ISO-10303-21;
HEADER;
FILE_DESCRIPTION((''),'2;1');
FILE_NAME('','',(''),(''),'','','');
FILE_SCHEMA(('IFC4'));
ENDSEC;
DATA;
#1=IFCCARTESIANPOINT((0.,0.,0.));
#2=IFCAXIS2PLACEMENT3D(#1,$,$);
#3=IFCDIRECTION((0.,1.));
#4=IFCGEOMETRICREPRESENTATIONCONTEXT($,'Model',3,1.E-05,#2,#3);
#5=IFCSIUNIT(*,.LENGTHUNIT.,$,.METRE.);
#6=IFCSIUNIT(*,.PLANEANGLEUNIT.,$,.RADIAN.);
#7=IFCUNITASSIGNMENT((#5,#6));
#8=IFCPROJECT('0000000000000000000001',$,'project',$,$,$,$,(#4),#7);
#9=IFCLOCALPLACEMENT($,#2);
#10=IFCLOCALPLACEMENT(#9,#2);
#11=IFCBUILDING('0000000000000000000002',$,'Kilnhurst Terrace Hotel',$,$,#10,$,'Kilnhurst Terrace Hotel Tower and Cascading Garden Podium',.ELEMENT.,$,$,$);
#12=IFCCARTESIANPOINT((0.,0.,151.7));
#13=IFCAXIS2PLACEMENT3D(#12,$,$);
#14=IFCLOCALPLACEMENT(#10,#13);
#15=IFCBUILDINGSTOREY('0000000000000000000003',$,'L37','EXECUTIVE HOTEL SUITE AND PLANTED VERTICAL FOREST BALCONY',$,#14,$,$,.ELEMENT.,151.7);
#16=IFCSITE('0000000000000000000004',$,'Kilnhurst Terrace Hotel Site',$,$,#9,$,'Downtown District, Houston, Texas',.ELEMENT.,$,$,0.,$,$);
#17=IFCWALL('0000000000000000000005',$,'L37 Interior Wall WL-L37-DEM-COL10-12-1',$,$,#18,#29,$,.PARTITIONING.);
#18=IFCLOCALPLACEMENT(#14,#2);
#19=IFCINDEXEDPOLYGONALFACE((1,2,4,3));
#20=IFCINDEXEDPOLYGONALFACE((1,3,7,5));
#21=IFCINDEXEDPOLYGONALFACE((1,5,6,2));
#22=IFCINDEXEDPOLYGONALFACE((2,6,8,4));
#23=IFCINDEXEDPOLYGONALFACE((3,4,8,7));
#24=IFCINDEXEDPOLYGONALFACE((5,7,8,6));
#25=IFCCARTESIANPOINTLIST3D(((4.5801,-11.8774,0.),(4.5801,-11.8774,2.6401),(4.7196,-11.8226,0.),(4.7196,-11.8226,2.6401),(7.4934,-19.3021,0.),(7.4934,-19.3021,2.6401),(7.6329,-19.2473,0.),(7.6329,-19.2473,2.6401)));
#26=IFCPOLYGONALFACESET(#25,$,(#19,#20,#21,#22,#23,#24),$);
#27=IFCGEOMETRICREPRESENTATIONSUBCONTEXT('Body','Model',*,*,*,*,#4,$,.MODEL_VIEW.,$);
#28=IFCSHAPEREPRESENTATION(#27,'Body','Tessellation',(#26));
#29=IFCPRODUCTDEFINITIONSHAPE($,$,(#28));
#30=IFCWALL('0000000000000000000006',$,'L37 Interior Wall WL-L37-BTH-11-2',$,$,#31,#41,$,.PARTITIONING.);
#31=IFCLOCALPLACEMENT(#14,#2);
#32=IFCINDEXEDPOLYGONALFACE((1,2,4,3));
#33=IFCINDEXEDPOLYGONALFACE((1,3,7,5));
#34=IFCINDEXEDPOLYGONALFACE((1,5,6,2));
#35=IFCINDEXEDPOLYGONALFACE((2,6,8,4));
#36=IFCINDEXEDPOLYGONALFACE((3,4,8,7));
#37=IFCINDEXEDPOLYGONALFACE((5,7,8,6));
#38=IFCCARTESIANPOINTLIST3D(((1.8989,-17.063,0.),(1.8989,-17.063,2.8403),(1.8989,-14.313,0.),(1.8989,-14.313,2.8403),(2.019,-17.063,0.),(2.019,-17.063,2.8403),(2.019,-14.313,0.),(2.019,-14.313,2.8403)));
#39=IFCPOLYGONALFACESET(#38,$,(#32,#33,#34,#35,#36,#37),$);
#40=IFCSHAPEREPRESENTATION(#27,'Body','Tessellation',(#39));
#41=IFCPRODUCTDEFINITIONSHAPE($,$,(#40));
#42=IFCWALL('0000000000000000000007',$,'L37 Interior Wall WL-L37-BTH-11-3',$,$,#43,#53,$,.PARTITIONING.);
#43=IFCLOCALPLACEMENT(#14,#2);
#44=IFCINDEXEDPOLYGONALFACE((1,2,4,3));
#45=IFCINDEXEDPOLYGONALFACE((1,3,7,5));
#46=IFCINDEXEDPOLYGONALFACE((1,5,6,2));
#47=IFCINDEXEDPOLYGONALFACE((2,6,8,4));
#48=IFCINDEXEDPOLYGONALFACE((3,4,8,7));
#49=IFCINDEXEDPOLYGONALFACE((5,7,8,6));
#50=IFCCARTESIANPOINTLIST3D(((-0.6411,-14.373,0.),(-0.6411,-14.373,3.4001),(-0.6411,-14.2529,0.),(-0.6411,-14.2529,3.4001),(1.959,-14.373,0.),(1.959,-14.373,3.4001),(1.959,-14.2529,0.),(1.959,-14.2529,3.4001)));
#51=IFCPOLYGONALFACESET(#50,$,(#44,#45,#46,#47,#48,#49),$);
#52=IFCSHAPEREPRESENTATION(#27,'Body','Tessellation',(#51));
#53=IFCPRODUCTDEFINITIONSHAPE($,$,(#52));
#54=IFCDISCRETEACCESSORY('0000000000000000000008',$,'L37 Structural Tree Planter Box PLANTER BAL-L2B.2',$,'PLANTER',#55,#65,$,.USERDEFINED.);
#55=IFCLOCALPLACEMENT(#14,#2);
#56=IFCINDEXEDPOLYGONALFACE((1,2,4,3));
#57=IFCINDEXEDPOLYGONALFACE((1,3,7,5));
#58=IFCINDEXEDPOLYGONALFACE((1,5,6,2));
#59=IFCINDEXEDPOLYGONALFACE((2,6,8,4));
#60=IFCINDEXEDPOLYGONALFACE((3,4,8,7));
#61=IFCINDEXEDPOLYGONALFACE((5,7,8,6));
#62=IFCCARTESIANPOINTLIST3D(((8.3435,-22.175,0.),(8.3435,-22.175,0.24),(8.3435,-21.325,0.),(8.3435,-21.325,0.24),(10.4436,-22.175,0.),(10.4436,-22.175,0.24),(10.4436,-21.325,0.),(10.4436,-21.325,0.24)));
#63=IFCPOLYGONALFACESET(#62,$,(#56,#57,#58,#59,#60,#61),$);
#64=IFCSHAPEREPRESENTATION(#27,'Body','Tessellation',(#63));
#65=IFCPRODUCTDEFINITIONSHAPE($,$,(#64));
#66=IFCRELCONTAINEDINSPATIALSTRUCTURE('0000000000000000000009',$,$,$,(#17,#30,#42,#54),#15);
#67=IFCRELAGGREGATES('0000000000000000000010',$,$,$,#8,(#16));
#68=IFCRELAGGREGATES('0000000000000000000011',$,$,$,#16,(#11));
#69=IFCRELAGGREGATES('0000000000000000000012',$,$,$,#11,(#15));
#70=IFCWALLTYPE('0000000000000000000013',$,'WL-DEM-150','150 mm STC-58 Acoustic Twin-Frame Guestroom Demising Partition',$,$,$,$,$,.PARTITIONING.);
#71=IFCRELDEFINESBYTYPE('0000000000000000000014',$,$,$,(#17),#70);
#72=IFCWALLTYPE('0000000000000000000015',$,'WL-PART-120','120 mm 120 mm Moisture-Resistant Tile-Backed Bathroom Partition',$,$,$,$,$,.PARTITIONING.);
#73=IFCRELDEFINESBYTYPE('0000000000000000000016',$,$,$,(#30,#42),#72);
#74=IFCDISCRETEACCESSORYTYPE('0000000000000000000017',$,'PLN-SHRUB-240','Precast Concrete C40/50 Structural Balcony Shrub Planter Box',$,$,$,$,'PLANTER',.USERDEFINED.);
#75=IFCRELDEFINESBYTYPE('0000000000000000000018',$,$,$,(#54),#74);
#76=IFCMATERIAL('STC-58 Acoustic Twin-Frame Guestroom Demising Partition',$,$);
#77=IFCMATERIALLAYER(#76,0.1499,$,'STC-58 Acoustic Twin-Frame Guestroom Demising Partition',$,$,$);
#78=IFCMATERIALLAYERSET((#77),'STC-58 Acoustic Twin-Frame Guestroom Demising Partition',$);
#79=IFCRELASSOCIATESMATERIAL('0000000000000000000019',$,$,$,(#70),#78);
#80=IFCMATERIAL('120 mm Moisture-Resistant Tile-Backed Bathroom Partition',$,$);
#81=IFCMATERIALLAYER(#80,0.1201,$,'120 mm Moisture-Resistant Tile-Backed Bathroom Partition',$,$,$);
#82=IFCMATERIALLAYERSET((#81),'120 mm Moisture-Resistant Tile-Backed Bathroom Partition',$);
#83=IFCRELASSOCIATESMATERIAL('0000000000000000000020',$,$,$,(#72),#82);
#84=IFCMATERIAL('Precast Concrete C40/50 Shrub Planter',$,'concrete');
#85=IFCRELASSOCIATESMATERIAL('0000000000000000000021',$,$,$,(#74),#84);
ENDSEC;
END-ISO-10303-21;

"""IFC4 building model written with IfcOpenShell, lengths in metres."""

from ifc_helpers import new_model, si_unit, direction, frame, frame_2d, origin, origin_2d, place, context, subcontext, project, spatial, rectangle, extrude, material, layer, layer_set, type_object, element, save


model = new_model("IFC4")

# Units and contexts
model_context = context("Model", 3, precision=1e-05, world=origin(), true_north=direction((0.0, 1.0)))
body_context = subcontext(model_context, "Body", "Model", "MODEL_VIEW")
ifc_project = project(units=[si_unit("LENGTHUNIT", "METRE"), si_unit("PLANEANGLEUNIT", "RADIAN")], contexts=[model_context])

# Site, building, storey
site_placement = place(None, origin())
site = spatial("IfcSite", under=ifc_project, at=site_placement, Name="Kilnhurst Terrace Hotel Site", LongName="Downtown District, Houston, Texas", CompositionType="ELEMENT", RefElevation=0.0)
building_placement = place(site_placement, origin())
building = spatial("IfcBuilding", under=site, at=building_placement, Name="Kilnhurst Terrace Hotel", LongName="Kilnhurst Terrace Hotel Tower and Cascading Garden Podium", CompositionType="ELEMENT")
storey_placement = place(building_placement, frame((0.0, 0.0, 151.7)))
storey = spatial("IfcBuildingStorey", under=building, at=storey_placement, Name="L37", Description="EXECUTIVE HOTEL SUITE AND PLANTED VERTICAL FOREST BALCONY", CompositionType="ELEMENT", Elevation=151.7)

# Walls
ifc_material_1 = material(Name="STC-58 Acoustic Twin-Frame Guestroom Demising Partition")
ifc_layer_1 = layer(ifc_material_1, 0.1499, Name="STC-58 Acoustic Twin-Frame Guestroom Demising Partition")
ifc_layer_set_1 = layer_set([ifc_layer_1], Name="STC-58 Acoustic Twin-Frame Guestroom Demising Partition")
wall_type_1 = type_object("IfcWallType", Name="WL-DEM-150", Description="150 mm STC-58 Acoustic Twin-Frame Guestroom Demising Partition", PredefinedType="PARTITIONING", material=ifc_layer_set_1)
wall_1_placement = place(storey_placement, frame((4.6499, -11.8501, 0.0), z_axis=(0.0, 0.0, 1.0), x_axis=(0.365266, -0.930903, 0.0)))
element("IfcWall", 1, at=wall_1_placement, inside=storey, type_object=wall_type_1, Name="L37 Interior Wall WL-L37-DEM-COL10-12-1", PredefinedType="PARTITIONING", context=body_context, shape_type="SweptSolid", body=[
    extrude(rectangle(XDim=7.9758, YDim=0.1499, at=frame_2d((3.9878, 0.0))), origin(), (0.0, 0.0, 1.0), 2.6401),
])
ifc_material_2 = material(Name="120 mm Moisture-Resistant Tile-Backed Bathroom Partition")
ifc_layer_2 = layer(ifc_material_2, 0.1201, Name="120 mm Moisture-Resistant Tile-Backed Bathroom Partition")
ifc_layer_set_2 = layer_set([ifc_layer_2], Name="120 mm Moisture-Resistant Tile-Backed Bathroom Partition")
wall_type_2 = type_object("IfcWallType", Name="WL-PART-120", Description="120 mm 120 mm Moisture-Resistant Tile-Backed Bathroom Partition", PredefinedType="PARTITIONING", material=ifc_layer_set_2)
wall_2_placement = place(storey_placement, frame((1.959, -17.063, 0.0), z_axis=(0.0, 0.0, 1.0), x_axis=(0.0, 1.0, 0.0)))
element("IfcWall", 2, at=wall_2_placement, inside=storey, type_object=wall_type_2, Name="L37 Interior Wall WL-L37-BTH-11-2", PredefinedType="PARTITIONING", context=body_context, shape_type="SweptSolid", body=[
    extrude(rectangle(XDim=2.75, YDim=0.1201, at=frame_2d((1.375, 0.0))), origin(), (0.0, 0.0, 1.0), 2.8403),
])
wall_3_placement = place(storey_placement, frame((1.959, -14.313, 0.0), z_axis=(0.0, 0.0, 1.0), x_axis=(-1.0, 0.0, 0.0)))
element("IfcWall", 3, at=wall_3_placement, inside=storey, type_object=wall_type_2, Name="L37 Interior Wall WL-L37-BTH-11-3", PredefinedType="PARTITIONING", context=body_context, shape_type="SweptSolid", body=[
    extrude(rectangle(XDim=2.6001, YDim=0.1201, at=frame_2d((1.3, 0.0))), origin(), (0.0, 0.0, 1.0), 3.4001),
])

# Discrete accessory
ifc_material_3 = material(Name="Precast Concrete C40/50 Shrub Planter", Category="concrete")
discrete_accessory_type = type_object("IfcDiscreteAccessoryType", Name="PLN-SHRUB-240", Description="Precast Concrete C40/50 Structural Balcony Shrub Planter Box", ElementType="PLANTER", PredefinedType="USERDEFINED", material=ifc_material_3)
discrete_accessory_placement = place(storey_placement, frame((9.3936, -21.75, 0.0), z_axis=(0.0, 0.0, 1.0), x_axis=(1.0, 0.0, 0.0)))
element("IfcDiscreteAccessory", 4, at=discrete_accessory_placement, inside=storey, type_object=discrete_accessory_type, Name="L37 Structural Tree Planter Box PLANTER BAL-L2B.2", ObjectType="PLANTER", PredefinedType="USERDEFINED", context=body_context, shape_type="SweptSolid", body=[
    extrude(rectangle(XDim=2.1001, YDim=0.8501, at=origin_2d()), origin(), (0.0, 0.0, 1.0), 0.24),
])

save(model, "model.ifc")
